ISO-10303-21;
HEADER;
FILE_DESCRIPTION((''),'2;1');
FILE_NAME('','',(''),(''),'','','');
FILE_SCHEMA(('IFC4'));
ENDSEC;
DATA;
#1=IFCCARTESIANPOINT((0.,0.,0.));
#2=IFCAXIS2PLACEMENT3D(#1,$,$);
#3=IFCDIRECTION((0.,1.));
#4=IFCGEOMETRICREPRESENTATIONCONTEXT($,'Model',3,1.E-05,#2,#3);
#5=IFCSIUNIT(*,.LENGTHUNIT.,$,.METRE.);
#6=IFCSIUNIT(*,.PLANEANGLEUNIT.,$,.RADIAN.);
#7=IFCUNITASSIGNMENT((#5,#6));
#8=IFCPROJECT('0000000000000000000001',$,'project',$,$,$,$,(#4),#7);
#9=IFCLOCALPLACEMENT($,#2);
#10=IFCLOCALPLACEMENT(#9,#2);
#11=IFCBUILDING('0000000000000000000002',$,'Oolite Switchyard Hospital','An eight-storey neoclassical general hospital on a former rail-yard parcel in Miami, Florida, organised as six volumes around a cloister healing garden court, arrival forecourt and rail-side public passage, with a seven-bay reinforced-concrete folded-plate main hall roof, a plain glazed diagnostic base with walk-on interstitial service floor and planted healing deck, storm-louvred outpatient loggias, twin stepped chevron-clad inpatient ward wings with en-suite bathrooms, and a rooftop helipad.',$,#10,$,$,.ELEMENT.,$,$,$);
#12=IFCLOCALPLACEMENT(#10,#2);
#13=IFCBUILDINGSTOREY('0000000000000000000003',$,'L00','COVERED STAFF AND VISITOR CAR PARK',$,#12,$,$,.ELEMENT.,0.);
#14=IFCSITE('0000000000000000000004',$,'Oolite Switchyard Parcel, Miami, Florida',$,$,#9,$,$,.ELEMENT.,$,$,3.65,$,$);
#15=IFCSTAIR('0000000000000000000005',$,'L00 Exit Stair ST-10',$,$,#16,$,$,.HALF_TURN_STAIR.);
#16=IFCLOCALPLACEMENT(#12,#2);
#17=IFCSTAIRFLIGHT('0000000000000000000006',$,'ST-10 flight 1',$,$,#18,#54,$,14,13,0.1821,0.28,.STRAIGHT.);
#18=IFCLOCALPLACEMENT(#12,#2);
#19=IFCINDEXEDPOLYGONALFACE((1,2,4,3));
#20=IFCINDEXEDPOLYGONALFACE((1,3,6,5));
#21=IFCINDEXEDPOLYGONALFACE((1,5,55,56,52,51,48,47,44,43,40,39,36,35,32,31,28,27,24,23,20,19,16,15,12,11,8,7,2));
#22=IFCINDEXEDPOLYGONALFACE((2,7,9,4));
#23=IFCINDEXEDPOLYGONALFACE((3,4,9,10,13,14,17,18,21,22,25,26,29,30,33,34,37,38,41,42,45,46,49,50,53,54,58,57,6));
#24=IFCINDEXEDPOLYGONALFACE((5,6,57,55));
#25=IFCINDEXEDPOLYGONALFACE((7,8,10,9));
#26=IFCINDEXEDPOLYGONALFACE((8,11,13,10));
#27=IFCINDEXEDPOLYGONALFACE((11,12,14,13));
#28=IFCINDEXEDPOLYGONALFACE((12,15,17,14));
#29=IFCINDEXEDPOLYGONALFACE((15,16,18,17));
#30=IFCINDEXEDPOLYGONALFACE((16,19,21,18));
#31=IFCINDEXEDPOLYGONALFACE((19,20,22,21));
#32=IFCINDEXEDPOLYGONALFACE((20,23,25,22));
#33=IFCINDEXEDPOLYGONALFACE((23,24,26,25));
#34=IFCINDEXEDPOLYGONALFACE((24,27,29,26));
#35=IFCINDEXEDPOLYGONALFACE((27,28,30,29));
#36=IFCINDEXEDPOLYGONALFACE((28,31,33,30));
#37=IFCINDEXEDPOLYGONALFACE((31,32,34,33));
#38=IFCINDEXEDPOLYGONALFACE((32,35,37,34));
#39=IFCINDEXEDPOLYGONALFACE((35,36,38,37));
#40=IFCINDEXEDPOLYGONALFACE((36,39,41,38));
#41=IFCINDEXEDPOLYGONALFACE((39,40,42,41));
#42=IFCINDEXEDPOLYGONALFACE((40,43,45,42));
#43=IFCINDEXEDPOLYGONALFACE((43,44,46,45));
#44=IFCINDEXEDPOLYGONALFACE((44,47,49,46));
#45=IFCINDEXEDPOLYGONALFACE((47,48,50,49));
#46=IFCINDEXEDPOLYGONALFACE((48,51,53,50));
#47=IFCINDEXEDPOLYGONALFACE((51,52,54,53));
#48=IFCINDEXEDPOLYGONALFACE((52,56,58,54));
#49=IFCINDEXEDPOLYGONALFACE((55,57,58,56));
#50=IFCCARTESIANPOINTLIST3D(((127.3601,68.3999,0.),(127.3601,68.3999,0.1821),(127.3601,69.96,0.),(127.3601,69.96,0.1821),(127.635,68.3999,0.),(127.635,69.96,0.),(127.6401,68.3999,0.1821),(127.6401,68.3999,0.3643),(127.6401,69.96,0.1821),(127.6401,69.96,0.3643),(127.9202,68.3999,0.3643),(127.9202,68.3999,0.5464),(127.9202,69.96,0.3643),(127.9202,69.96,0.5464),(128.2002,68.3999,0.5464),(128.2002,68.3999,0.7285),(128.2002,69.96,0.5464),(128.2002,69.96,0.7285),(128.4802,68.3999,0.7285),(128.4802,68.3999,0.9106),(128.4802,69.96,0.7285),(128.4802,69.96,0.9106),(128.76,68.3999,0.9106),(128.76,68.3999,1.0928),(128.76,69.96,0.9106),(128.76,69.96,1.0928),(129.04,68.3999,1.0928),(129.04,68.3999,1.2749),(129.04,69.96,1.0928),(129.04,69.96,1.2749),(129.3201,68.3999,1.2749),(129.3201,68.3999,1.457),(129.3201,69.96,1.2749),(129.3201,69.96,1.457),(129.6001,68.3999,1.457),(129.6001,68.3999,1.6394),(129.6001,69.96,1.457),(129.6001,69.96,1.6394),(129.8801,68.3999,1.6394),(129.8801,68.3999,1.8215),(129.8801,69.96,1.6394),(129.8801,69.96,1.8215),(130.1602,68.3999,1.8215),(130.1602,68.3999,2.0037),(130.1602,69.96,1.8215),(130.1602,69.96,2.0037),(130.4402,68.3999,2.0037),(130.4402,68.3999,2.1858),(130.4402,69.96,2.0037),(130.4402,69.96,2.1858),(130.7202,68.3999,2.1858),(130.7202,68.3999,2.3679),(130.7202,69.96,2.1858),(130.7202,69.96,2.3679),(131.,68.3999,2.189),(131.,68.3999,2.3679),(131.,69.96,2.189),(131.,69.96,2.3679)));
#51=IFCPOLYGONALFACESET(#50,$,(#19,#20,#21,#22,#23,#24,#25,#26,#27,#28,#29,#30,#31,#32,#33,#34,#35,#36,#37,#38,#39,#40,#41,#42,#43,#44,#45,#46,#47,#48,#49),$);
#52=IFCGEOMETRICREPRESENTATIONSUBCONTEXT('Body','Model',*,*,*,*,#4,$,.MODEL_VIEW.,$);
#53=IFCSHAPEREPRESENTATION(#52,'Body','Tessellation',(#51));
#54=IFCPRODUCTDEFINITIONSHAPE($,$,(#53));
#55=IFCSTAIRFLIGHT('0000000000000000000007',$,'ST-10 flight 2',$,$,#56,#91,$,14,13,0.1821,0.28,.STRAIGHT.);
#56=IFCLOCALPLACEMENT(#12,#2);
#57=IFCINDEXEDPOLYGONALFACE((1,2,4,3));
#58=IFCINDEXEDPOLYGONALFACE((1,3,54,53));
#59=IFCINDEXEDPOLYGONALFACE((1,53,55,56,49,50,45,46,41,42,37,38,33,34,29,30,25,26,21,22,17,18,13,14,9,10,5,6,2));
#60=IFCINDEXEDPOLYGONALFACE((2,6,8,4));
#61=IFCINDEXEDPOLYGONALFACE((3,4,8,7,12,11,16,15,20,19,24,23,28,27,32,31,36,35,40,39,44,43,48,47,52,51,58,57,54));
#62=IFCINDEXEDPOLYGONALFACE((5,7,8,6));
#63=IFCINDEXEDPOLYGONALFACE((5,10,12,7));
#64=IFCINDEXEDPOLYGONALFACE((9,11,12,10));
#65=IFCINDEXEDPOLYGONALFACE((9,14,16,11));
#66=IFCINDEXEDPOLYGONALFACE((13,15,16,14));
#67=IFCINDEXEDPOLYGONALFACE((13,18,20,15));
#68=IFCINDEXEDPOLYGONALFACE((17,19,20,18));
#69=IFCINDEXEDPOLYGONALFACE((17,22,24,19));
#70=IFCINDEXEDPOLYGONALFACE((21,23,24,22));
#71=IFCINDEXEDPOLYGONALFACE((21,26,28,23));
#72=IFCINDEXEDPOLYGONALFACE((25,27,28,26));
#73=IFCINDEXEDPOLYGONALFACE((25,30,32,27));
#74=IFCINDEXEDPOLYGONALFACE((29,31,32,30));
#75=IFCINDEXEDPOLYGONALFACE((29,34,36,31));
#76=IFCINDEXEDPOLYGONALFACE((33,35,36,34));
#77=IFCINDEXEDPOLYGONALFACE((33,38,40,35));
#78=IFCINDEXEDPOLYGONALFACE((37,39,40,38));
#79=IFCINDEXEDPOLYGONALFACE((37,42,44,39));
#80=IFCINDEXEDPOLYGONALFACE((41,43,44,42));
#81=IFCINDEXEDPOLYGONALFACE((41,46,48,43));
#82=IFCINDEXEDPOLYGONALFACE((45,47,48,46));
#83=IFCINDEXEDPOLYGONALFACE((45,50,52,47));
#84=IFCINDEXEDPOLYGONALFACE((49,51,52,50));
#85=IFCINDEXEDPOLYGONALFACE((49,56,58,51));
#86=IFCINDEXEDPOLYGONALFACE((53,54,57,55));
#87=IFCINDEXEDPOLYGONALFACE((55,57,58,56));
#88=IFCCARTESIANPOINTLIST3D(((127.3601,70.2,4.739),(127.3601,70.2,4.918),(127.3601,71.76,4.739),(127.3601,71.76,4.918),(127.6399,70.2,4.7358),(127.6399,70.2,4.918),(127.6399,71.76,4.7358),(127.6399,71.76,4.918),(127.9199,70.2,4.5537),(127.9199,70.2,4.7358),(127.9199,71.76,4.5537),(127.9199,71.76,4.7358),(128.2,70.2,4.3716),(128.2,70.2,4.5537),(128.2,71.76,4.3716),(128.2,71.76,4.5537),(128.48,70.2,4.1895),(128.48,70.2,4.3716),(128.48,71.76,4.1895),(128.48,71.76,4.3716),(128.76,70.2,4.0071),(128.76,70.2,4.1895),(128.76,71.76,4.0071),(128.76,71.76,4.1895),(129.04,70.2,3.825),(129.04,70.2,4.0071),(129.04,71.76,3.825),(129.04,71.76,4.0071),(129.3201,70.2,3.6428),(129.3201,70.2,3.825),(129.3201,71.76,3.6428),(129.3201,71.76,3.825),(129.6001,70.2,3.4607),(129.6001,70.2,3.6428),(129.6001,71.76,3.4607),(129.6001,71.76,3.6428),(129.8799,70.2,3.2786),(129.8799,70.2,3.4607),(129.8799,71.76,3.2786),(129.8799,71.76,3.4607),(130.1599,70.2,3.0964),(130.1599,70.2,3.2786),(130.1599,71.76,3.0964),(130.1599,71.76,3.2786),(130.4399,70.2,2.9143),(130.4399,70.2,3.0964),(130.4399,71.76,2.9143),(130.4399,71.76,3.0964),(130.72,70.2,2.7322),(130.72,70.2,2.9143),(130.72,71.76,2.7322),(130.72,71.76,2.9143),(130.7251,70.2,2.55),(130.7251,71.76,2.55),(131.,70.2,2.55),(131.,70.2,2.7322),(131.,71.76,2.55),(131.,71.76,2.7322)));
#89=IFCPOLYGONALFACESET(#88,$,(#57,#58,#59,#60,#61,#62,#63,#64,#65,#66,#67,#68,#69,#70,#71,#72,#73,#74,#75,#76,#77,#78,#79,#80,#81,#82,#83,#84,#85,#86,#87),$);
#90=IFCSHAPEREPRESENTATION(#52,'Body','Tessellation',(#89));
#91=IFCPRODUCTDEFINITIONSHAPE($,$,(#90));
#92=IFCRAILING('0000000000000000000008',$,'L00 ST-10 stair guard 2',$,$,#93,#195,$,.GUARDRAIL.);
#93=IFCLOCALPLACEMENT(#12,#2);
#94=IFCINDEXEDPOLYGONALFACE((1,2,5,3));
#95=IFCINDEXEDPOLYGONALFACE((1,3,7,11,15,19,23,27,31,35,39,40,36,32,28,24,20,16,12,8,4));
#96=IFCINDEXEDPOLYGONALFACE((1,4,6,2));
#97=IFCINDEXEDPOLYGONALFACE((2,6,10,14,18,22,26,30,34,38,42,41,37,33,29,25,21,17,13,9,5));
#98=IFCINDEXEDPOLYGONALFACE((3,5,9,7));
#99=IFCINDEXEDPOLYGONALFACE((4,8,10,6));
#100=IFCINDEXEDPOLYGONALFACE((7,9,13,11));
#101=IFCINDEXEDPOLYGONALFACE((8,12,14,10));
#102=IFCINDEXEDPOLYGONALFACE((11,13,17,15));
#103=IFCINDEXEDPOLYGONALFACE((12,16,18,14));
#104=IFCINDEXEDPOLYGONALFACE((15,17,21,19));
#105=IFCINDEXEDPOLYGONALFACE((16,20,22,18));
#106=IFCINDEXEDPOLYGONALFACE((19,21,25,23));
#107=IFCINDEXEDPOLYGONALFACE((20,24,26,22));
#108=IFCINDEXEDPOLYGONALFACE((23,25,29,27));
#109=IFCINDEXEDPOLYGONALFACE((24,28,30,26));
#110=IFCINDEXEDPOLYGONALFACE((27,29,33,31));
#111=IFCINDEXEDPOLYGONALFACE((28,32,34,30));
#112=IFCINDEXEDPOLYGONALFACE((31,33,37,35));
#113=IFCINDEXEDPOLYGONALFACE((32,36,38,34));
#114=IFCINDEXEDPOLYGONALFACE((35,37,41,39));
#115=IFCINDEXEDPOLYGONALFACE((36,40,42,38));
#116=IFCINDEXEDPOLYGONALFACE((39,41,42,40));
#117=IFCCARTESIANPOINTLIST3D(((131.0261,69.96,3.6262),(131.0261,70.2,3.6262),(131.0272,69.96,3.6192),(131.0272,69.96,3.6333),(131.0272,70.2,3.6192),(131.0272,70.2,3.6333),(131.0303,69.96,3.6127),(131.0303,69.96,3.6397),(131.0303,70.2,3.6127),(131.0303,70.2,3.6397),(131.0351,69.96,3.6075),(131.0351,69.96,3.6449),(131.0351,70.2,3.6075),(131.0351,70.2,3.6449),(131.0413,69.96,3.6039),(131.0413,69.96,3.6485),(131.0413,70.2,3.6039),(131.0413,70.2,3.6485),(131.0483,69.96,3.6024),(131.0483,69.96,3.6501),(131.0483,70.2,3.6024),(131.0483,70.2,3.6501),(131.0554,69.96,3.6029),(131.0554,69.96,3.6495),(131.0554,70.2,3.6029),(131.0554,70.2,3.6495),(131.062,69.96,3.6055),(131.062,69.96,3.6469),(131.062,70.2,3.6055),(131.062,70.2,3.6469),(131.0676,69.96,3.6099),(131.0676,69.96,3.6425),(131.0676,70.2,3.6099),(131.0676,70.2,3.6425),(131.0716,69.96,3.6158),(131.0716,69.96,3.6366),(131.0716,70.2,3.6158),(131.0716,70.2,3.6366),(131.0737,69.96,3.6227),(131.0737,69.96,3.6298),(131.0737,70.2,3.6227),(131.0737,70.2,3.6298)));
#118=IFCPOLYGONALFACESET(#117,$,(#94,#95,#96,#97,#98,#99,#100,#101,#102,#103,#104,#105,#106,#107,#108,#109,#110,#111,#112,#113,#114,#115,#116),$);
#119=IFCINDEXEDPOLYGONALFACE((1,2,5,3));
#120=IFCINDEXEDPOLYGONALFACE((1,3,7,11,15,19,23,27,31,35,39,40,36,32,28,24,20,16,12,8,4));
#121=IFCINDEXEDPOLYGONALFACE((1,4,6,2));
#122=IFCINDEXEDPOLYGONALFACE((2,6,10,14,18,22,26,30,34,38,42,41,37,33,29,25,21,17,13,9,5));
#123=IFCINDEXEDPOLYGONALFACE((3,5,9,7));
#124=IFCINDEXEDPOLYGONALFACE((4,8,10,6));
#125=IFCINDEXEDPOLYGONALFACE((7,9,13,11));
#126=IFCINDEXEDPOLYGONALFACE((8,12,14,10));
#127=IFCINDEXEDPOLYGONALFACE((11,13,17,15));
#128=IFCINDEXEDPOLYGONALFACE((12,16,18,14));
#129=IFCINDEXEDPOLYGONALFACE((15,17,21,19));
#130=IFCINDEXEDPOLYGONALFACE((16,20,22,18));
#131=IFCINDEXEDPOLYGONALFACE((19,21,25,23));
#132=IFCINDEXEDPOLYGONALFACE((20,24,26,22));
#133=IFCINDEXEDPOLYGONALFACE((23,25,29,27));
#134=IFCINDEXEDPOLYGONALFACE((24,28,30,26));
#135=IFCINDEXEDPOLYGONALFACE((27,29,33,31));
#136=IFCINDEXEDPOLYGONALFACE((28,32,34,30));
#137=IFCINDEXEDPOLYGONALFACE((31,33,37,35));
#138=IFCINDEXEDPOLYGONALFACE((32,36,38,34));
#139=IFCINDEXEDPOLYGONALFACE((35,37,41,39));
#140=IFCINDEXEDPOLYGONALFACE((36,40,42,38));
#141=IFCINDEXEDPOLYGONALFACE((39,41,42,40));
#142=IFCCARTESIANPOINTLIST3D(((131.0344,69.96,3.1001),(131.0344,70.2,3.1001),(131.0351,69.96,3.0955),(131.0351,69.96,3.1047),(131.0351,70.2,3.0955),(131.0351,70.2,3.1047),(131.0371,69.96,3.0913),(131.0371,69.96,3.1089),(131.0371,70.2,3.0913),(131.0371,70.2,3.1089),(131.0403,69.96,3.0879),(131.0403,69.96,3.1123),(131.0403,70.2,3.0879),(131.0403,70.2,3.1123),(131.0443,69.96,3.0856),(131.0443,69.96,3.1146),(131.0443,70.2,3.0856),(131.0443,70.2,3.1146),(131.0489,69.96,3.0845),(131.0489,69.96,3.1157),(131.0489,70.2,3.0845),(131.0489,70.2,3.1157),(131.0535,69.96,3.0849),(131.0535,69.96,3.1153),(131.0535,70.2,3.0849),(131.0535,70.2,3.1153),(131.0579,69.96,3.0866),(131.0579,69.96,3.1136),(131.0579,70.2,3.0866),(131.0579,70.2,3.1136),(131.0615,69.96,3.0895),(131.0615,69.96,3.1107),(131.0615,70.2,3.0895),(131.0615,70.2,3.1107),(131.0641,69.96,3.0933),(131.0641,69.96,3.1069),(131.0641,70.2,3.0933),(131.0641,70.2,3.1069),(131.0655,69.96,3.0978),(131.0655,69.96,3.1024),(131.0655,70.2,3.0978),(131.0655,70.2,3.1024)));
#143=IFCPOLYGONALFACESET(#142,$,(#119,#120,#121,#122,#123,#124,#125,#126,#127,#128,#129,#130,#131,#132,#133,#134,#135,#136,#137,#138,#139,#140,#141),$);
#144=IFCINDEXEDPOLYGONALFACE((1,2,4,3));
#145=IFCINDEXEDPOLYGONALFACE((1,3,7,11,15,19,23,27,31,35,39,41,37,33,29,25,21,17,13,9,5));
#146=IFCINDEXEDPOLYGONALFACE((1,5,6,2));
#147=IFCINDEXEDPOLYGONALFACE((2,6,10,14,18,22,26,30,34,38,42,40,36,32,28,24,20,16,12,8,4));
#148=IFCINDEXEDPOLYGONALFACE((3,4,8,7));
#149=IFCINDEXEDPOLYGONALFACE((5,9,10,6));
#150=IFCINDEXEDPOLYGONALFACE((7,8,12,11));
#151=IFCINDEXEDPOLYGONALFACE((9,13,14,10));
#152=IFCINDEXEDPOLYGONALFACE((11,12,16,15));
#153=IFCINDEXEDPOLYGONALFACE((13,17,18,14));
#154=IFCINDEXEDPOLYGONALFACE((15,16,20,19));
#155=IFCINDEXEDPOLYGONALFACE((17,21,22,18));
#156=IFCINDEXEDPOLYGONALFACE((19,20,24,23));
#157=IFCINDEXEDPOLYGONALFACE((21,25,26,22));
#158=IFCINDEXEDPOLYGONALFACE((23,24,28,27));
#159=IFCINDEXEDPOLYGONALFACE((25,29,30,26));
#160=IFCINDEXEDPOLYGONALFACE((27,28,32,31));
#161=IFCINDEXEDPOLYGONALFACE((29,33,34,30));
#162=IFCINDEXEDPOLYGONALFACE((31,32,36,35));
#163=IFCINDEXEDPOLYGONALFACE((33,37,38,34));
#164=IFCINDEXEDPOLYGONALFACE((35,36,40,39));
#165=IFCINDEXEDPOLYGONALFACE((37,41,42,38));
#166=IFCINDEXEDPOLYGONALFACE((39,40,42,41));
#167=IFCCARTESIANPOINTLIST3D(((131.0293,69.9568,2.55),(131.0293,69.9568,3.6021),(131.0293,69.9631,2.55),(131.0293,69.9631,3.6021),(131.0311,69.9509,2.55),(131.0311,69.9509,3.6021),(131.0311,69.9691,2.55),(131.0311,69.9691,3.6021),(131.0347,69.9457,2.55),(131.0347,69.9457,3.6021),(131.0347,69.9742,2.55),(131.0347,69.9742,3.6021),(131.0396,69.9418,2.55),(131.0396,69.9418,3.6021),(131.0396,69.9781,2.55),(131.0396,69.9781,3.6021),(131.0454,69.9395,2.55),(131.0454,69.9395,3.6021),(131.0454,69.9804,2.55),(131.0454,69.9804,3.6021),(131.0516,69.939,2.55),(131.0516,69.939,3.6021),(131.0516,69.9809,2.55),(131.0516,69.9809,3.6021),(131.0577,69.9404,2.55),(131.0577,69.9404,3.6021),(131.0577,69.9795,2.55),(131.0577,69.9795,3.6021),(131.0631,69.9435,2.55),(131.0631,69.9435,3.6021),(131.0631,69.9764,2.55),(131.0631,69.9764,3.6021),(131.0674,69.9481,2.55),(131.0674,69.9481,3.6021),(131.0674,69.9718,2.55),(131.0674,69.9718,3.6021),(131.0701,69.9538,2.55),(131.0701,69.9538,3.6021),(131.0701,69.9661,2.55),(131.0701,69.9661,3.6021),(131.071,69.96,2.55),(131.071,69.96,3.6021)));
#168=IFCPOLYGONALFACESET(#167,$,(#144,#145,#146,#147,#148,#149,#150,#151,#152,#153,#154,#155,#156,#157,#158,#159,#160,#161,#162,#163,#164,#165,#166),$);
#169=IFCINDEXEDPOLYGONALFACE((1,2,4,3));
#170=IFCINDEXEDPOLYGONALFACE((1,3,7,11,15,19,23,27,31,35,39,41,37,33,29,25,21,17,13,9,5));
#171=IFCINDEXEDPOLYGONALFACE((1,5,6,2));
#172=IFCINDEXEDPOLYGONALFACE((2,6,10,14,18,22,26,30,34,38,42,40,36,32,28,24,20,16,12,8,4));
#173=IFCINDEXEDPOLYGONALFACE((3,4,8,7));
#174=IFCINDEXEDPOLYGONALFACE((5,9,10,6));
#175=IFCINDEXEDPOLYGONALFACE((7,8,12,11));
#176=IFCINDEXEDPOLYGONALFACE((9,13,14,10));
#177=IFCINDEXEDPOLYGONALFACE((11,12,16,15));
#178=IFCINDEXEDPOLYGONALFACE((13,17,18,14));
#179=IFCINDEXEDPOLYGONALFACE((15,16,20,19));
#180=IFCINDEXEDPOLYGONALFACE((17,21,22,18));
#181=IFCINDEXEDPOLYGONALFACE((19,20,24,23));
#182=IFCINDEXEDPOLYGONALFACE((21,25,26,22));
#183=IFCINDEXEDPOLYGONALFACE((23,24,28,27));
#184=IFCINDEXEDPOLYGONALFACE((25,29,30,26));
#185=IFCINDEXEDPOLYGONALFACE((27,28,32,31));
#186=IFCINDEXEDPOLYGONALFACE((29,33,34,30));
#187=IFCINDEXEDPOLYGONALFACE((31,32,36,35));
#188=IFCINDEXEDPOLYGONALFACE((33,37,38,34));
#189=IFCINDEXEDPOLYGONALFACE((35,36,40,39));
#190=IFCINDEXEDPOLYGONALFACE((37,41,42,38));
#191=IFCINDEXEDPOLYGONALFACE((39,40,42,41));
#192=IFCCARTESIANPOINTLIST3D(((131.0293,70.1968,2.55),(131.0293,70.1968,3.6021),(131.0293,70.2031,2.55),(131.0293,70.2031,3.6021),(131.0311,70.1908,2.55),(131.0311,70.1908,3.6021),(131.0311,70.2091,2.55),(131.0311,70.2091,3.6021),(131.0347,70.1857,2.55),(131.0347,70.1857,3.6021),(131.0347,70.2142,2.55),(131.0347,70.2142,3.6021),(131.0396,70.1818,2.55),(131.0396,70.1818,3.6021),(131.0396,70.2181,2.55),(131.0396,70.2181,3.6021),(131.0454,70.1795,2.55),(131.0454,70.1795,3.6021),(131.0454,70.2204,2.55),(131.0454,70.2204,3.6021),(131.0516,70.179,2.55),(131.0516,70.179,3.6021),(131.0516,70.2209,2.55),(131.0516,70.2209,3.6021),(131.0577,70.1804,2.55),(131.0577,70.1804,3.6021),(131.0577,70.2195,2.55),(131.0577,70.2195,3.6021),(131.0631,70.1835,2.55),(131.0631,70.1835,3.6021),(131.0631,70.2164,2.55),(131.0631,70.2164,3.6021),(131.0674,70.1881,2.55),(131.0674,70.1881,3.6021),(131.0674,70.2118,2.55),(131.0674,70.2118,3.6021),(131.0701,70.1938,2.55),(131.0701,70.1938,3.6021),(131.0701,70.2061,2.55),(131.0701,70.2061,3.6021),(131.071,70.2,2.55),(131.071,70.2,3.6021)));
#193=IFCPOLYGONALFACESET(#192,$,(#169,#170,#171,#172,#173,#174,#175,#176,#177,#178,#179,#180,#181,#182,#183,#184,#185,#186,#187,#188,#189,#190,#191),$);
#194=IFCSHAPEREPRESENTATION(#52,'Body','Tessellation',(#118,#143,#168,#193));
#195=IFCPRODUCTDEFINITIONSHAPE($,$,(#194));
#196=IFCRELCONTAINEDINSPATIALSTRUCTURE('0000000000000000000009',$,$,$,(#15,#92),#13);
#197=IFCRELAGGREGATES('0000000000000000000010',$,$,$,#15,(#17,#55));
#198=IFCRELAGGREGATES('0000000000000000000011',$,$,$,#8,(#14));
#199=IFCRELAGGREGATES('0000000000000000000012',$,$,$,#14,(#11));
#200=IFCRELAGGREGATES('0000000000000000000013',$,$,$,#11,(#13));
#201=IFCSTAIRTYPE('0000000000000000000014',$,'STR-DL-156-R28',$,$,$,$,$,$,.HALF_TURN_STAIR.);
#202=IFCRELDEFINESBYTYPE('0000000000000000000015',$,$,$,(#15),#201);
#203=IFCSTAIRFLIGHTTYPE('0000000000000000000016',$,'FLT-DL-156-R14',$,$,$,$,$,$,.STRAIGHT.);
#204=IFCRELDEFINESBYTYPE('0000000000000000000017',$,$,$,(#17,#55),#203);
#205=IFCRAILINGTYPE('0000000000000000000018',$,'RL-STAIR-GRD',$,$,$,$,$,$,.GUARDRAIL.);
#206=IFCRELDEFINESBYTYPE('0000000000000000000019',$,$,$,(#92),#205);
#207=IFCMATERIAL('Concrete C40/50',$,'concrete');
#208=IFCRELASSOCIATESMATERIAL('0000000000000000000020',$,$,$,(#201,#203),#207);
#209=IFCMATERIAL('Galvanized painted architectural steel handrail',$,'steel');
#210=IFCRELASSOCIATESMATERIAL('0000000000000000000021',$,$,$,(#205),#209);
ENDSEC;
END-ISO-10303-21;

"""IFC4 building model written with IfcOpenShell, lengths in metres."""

from ifc_helpers import new_model, si_unit, direction, frame, origin, origin_2d, place, context, subcontext, project, spatial, polyline, circle, outline, extrude, material, type_object, element, aggregate, save


model = new_model("IFC4")

# Units and contexts
model_context = context("Model", 3, precision=1e-05, world=origin(), true_north=direction((0.0, 1.0)))
body_context = subcontext(model_context, "Body", "Model", "MODEL_VIEW")
ifc_project = project(units=[si_unit("LENGTHUNIT", "METRE"), si_unit("PLANEANGLEUNIT", "RADIAN")], contexts=[model_context])

# Site, building, storey
site_placement = place(None, origin())
site = spatial("IfcSite", under=ifc_project, at=site_placement, Name="Oolite Switchyard Parcel, Miami, Florida", CompositionType="ELEMENT", RefElevation=3.65)
building_placement = place(site_placement, origin())
building = spatial("IfcBuilding", under=site, at=building_placement, Name="Oolite Switchyard Hospital", Description="An eight-storey neoclassical general hospital on a former rail-yard parcel in Miami, Florida, organised as six volumes around a cloister healing garden court, arrival forecourt and rail-side public passage, with a seven-bay reinforced-concrete folded-plate main hall roof, a plain glazed diagnostic base with walk-on interstitial service floor and planted healing deck, storm-louvred outpatient loggias, twin stepped chevron-clad inpatient ward wings with en-suite bathrooms, and a rooftop helipad.", CompositionType="ELEMENT")
storey_placement = place(building_placement, origin())
storey = spatial("IfcBuildingStorey", under=building, at=storey_placement, Name="L00", Description="COVERED STAFF AND VISITOR CAR PARK", CompositionType="ELEMENT", Elevation=0.0)

# Shared definitions
ifc_material_1 = material(Name="Concrete C40/50", Category="concrete")

# Stair, stair flights
stair_type = type_object("IfcStairType", Name="STR-DL-156-R28", PredefinedType="HALF_TURN_STAIR", material=ifc_material_1)
stair_placement = place(storey_placement, origin())
stair = element("IfcStair", 1, at=stair_placement, inside=storey, type_object=stair_type, Name="L00 Exit Stair ST-10", PredefinedType="HALF_TURN_STAIR")
stair_flight_type = type_object("IfcStairFlightType", Name="FLT-DL-156-R14", PredefinedType="STRAIGHT", material=ifc_material_1)
stair_flight_1_placement = place(storey_placement, frame((127.3601, 69.1799, 0.0), z_axis=(0.0, 0.0, 1.0), x_axis=(1.0, 0.0, 0.0)))
stair_flight_1 = element("IfcStairFlight", 2, at=stair_flight_1_placement, type_object=stair_flight_type, Name="ST-10 flight 1", NumberOfRisers=14, NumberOfTreads=13, PredefinedType="STRAIGHT", RiserHeight=0.1821, TreadLength=0.28, context=body_context, shape_type="SweptSolid", body=[
    extrude(outline(polyline([(0.0, 0.0), (0.0, 0.1821), (0.28, 0.1821), (0.28, 0.3643), (0.5601, 0.3643), (0.5601, 0.5464), (0.8401, 0.5464), (0.8401, 0.7285), (1.1201, 0.7285), (1.1201, 0.9106), (1.3999, 0.9106), (1.3999, 1.0928), (1.6799, 1.0928), (1.6799, 1.2749), (1.96, 1.2749), (1.96, 1.457), (2.24, 1.457), (2.24, 1.6394), (2.52, 1.6394), (2.52, 1.8215), (2.8, 1.8215), (2.8, 2.0037), (3.0801, 2.0037), (3.0801, 2.1858), (3.3601, 2.1858), (3.3601, 2.3679), (3.6399, 2.3679), (3.6399, 2.55), (3.6399, 2.189), (0.2749, 0.0), (0.0, 0.0)])), frame((0.0, 0.78, 0.0), z_axis=(0.0, -1.0, 0.0), x_axis=(1.0, 0.0, 0.0)), (0.0, 0.0, 1.0), 1.5601),
])
stair_flight_2_placement = place(storey_placement, frame((131.0, 70.98, 2.55), z_axis=(0.0, 0.0, 1.0), x_axis=(-1.0, 0.0, 0.0)))
stair_flight_2 = element("IfcStairFlight", 3, at=stair_flight_2_placement, type_object=stair_flight_type, Name="ST-10 flight 2", NumberOfRisers=14, NumberOfTreads=13, PredefinedType="STRAIGHT", RiserHeight=0.1821, TreadLength=0.28, context=body_context, shape_type="SweptSolid", body=[
    extrude(outline(polyline([(0.0, 0.0), (0.0, 0.1821), (0.28, 0.1821), (0.28, 0.3643), (0.5601, 0.3643), (0.5601, 0.5464), (0.8401, 0.5464), (0.8401, 0.7285), (1.1201, 0.7285), (1.1201, 0.9106), (1.3999, 0.9106), (1.3999, 1.0928), (1.6799, 1.0928), (1.6799, 1.2749), (1.96, 1.2749), (1.96, 1.457), (2.24, 1.457), (2.24, 1.6394), (2.52, 1.6394), (2.52, 1.8215), (2.8, 1.8215), (2.8, 2.0037), (3.0801, 2.0037), (3.0801, 2.1858), (3.3601, 2.1858), (3.3601, 2.3679), (3.6399, 2.3679), (3.6399, 2.55), (3.6399, 2.189), (0.2749, 0.0), (0.0, 0.0)])), frame((0.0, 0.78, 0.0), z_axis=(0.0, -1.0, 0.0), x_axis=(1.0, 0.0, 0.0)), (0.0, 0.0, 1.0), 1.5601),
])
aggregate(stair, [stair_flight_1, stair_flight_2])

# Railing
ifc_material_2 = material(Name="Galvanized painted architectural steel handrail", Category="steel")
railing_type_1 = type_object("IfcRailingType", Name="RL-STAIR-GRD", PredefinedType="GUARDRAIL", material=ifc_material_2)
railing_1_placement = place(storey_placement, frame((131.05, 69.96, 2.55)))
element("IfcRailing", 4, at=railing_1_placement, inside=storey, type_object=railing_type_1, Name="L00 ST-10 stair guard 2", PredefinedType="GUARDRAIL", context=body_context, shape_type="SweptSolid", body=[
    extrude(circle(Radius=0.0239, at=origin_2d()), frame((0.0, 0.0, 1.0762), z_axis=(0.0, 1.0, 0.0), x_axis=(-1.0, 0.0, 0.0)), (0.0, 0.0, 1.0), 0.24),
    extrude(circle(Radius=0.0156, at=origin_2d()), frame((0.0, 0.0, 0.55), z_axis=(0.0, 1.0, 0.0), x_axis=(-1.0, 0.0, 0.0)), (0.0, 0.0, 1.0), 0.24),
    extrude(circle(Radius=0.021, at=origin_2d()), origin(), (0.0, 0.0, 1.0), 1.052),
    extrude(circle(Radius=0.021, at=origin_2d()), frame((0.0, 0.24, 0.0)), (0.0, 0.0, 1.0), 1.052),
])

save(model, "model.ifc")
